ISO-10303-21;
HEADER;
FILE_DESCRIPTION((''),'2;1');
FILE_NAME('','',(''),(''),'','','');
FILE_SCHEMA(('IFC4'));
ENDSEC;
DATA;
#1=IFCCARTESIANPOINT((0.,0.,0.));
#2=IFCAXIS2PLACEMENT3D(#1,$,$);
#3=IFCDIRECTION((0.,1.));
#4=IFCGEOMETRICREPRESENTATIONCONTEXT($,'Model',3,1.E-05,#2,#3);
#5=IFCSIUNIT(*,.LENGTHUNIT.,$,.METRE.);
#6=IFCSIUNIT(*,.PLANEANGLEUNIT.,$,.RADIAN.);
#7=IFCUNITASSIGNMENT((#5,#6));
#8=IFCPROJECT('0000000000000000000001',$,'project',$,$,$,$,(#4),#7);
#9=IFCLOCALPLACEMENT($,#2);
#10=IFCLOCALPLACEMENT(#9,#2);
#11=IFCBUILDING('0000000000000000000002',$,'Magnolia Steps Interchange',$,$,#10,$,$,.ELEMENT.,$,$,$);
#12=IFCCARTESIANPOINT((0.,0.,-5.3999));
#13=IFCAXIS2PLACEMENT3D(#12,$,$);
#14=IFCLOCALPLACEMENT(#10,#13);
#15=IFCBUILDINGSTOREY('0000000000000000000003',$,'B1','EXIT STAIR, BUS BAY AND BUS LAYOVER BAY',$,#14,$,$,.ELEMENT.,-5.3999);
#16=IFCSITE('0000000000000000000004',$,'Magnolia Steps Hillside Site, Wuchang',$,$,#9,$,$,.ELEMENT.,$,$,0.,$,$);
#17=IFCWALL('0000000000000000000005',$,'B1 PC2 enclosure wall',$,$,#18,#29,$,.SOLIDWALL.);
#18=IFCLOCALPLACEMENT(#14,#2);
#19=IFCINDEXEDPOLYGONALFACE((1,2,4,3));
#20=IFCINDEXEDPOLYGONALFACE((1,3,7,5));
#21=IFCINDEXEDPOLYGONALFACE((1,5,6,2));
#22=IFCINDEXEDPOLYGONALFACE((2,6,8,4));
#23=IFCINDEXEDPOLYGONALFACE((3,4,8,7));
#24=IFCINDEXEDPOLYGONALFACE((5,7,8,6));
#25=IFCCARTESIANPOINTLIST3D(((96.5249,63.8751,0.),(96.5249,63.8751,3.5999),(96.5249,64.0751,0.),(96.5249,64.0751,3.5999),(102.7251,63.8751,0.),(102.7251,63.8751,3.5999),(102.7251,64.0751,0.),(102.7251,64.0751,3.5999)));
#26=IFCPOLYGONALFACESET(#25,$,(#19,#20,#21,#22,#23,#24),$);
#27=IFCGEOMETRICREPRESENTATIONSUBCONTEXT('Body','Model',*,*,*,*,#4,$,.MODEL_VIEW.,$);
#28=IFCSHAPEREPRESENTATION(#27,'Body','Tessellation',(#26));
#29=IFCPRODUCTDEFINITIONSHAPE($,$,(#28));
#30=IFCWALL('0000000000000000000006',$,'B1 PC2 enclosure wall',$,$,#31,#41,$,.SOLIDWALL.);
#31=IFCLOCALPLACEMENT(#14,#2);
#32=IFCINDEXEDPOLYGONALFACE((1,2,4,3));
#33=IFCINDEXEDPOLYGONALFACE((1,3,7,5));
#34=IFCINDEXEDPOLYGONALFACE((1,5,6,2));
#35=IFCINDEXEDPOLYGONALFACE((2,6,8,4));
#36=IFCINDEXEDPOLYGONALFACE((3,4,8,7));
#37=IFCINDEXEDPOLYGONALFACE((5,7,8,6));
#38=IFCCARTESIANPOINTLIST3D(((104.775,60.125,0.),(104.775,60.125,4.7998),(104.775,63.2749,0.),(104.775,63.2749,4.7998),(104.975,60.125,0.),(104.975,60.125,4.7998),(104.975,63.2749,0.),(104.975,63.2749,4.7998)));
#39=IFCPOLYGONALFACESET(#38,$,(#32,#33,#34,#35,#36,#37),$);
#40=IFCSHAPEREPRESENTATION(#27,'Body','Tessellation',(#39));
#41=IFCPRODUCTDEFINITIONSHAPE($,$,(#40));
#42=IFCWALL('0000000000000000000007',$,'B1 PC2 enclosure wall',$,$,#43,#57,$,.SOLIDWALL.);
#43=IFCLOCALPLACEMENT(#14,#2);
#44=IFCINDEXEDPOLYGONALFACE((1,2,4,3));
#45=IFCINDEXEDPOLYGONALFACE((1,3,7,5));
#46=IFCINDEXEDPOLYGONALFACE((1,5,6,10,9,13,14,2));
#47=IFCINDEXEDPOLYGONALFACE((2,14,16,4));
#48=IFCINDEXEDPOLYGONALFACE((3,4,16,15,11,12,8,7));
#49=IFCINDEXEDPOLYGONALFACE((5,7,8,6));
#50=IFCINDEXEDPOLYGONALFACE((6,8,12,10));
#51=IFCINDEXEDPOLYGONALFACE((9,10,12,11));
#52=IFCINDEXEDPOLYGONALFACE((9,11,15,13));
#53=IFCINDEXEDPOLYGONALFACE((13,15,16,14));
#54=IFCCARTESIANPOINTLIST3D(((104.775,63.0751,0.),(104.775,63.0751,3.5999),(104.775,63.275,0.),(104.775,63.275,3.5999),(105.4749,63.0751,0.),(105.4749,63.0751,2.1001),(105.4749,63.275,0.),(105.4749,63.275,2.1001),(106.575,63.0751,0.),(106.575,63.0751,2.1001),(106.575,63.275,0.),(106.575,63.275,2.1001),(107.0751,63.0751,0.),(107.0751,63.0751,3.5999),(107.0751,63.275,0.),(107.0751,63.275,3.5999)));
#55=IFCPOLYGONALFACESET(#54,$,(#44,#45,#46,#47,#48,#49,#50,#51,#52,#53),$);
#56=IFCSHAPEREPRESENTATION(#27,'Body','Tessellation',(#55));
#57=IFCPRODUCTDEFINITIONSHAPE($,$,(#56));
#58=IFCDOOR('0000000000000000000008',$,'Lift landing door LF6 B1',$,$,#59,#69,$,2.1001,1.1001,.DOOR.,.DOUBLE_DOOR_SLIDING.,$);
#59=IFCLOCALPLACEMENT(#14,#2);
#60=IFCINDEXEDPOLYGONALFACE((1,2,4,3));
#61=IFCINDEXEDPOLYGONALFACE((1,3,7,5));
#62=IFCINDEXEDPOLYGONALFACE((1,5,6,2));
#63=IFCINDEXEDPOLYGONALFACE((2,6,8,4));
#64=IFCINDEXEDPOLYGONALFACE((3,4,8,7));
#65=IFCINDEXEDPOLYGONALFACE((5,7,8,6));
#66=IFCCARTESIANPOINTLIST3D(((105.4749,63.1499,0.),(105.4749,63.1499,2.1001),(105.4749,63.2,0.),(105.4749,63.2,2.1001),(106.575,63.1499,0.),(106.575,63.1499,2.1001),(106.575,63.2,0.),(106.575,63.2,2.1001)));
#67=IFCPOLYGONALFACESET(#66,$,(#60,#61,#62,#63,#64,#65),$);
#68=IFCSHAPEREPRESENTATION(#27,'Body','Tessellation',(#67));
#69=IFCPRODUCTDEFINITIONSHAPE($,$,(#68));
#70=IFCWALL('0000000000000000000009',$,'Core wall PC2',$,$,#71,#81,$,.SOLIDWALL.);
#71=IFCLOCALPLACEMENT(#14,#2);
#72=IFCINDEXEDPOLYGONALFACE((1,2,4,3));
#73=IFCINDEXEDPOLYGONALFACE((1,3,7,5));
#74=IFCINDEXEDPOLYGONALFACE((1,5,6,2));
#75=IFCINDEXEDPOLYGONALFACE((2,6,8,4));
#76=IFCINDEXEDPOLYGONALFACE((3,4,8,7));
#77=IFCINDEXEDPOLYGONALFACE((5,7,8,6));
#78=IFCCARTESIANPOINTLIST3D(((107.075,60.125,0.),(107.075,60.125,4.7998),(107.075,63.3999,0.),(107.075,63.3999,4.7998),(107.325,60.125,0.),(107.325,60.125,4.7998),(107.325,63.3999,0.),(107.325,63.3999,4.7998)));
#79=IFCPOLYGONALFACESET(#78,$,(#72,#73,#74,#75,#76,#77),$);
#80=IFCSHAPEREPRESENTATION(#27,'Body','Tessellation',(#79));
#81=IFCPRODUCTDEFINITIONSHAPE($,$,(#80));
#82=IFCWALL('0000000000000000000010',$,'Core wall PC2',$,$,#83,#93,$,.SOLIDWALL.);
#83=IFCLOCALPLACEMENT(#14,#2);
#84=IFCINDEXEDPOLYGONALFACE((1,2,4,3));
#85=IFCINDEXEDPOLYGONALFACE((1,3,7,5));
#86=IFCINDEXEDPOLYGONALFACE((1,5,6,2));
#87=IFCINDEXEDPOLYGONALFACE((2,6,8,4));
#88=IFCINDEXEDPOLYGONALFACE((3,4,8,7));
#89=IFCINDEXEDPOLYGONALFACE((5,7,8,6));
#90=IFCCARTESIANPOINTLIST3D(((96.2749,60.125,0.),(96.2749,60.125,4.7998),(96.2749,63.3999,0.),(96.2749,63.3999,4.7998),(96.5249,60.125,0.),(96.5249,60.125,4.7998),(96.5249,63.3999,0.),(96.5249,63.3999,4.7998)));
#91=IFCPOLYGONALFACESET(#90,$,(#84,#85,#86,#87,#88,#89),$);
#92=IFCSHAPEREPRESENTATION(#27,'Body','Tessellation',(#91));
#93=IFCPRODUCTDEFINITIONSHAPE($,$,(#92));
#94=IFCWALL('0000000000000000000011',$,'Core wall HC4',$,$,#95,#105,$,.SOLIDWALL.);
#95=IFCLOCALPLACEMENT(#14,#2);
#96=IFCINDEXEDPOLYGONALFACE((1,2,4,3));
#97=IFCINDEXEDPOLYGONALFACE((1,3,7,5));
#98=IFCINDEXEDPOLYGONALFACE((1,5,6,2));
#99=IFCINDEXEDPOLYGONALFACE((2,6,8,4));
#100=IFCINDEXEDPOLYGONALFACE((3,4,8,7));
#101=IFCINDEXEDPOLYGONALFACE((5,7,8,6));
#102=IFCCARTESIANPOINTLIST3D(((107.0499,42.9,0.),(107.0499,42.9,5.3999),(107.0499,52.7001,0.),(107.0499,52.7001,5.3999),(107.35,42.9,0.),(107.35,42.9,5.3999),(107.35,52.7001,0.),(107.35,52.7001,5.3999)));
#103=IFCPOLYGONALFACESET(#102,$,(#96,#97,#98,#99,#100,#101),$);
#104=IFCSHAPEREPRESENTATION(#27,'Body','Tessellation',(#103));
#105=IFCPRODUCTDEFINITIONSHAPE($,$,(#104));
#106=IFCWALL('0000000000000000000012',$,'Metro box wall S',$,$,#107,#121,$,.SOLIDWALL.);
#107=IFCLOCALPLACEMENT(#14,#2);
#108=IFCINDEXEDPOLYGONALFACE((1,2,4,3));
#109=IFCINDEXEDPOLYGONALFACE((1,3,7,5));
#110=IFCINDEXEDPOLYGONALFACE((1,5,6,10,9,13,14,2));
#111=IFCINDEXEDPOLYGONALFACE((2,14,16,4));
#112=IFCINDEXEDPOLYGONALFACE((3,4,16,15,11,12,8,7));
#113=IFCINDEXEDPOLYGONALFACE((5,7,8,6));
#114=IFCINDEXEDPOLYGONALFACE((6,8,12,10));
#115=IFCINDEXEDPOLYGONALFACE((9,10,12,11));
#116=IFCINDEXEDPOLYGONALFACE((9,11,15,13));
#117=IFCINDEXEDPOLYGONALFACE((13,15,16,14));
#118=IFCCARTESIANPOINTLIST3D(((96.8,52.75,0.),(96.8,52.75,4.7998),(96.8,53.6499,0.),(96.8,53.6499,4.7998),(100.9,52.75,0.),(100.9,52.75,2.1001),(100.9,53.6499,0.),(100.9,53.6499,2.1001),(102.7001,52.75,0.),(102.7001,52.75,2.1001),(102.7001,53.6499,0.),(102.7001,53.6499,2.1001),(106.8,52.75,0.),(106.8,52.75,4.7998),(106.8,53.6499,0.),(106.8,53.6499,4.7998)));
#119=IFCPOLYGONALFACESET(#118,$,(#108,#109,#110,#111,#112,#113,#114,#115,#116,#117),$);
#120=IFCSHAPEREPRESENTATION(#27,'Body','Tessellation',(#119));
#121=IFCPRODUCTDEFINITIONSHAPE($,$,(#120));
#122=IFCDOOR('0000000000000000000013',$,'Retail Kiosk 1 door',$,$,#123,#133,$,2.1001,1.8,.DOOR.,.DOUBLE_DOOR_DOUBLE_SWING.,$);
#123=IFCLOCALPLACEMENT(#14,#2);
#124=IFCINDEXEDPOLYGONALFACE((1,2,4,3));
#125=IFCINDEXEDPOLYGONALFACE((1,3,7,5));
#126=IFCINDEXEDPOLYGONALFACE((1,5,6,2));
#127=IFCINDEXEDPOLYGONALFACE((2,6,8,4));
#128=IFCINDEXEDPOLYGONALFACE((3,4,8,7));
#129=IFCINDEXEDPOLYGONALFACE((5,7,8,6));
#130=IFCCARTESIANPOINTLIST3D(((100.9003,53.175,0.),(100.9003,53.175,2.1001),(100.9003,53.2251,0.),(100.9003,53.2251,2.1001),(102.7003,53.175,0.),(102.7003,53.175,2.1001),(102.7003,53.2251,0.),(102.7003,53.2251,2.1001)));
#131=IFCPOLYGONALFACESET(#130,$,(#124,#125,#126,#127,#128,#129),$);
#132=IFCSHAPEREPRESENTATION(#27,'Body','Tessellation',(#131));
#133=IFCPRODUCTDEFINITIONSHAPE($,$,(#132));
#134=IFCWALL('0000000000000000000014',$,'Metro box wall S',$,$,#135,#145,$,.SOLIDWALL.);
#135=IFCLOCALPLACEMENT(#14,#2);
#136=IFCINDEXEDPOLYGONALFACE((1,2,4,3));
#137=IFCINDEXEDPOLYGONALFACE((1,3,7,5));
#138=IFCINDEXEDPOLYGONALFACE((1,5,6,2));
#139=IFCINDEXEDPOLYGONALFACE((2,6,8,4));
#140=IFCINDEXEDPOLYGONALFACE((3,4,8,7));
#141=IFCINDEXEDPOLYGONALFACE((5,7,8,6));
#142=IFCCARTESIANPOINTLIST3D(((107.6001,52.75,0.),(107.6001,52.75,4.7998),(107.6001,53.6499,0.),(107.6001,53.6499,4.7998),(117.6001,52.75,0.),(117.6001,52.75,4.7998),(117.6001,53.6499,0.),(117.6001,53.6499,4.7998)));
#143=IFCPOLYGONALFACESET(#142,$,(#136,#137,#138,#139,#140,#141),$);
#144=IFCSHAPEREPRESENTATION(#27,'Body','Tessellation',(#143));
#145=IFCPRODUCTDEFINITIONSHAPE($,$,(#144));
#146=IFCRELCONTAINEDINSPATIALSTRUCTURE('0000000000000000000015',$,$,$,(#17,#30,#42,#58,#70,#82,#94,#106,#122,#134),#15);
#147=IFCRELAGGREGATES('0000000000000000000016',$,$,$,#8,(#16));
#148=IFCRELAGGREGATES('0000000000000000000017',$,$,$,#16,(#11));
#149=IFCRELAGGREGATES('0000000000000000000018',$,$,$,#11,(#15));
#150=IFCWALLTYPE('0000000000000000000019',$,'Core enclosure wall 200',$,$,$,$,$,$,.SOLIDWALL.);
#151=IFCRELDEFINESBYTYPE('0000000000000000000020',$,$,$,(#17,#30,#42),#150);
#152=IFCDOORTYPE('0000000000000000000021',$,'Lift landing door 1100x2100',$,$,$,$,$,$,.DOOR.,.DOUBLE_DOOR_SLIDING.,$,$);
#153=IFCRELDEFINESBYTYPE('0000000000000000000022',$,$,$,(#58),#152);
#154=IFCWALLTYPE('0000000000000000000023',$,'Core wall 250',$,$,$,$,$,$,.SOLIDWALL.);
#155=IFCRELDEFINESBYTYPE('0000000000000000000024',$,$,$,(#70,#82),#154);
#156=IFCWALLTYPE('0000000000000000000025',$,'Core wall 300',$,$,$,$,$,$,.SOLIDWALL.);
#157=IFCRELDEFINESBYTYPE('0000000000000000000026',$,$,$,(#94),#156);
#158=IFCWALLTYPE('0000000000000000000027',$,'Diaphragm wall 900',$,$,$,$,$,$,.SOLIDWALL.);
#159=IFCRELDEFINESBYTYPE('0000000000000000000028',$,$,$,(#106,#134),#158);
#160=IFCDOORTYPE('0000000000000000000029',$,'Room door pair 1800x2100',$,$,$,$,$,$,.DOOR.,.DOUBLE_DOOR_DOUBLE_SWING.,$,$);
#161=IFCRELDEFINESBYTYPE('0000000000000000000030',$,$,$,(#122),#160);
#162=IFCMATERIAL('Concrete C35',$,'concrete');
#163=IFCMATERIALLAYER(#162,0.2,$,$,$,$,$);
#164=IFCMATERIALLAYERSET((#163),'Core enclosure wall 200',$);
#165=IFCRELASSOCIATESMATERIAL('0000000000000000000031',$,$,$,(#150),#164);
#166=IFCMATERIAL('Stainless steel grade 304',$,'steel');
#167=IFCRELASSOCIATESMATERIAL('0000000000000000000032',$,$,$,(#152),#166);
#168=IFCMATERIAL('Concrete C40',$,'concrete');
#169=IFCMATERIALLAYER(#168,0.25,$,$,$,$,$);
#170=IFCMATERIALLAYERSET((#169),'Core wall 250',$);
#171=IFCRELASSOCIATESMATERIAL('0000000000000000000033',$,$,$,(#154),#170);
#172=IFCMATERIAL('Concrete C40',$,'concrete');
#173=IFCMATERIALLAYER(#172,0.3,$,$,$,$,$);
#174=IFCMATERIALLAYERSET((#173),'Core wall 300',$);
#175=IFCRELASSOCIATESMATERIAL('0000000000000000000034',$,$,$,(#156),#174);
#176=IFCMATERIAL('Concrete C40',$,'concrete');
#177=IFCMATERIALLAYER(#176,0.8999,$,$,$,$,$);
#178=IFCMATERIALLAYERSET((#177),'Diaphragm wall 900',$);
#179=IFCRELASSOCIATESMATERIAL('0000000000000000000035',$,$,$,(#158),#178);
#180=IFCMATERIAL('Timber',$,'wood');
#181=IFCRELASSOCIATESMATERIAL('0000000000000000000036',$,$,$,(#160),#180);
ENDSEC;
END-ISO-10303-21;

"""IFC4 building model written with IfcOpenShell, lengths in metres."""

from ifc_helpers import new_model, si_unit, direction, frame, frame_2d, origin, place, context, subcontext, project, spatial, rectangle, extrude, material, layer, layer_set, type_object, element, fill, save


model = new_model("IFC4")

# Units and contexts
model_context = context("Model", 3, precision=1e-05, world=origin(), true_north=direction((0.0, 1.0)))
body_context = subcontext(model_context, "Body", "Model", "MODEL_VIEW")
ifc_project = project(units=[si_unit("LENGTHUNIT", "METRE"), si_unit("PLANEANGLEUNIT", "RADIAN")], contexts=[model_context])

# Site, building, storey
site_placement = place(None, origin())
site = spatial("IfcSite", under=ifc_project, at=site_placement, Name="Magnolia Steps Hillside Site, Wuchang", CompositionType="ELEMENT", RefElevation=0.0)
building_placement = place(site_placement, origin())
building = spatial("IfcBuilding", under=site, at=building_placement, Name="Magnolia Steps Interchange", CompositionType="ELEMENT")
storey_placement = place(building_placement, frame((0.0, 0.0, -5.3999)))
storey = spatial("IfcBuildingStorey", under=building, at=storey_placement, Name="B1", Description="EXIT STAIR, BUS BAY AND BUS LAYOVER BAY", CompositionType="ELEMENT", Elevation=-5.3999)

# Shared definitions
ifc_material_1 = material(Name="Concrete C35", Category="concrete")
ifc_layer_1 = layer(ifc_material_1, 0.2)
ifc_layer_set_1 = layer_set([ifc_layer_1], Name="Core enclosure wall 200")
wall_type_1 = type_object("IfcWallType", Name="Core enclosure wall 200", PredefinedType="SOLIDWALL", material=ifc_layer_set_1)

# Walls
wall_1_placement = place(storey_placement, frame((102.7251, 63.9751, 0.0), z_axis=(0.0, 0.0, 1.0), x_axis=(-1.0, 0.0, 0.0)))
element("IfcWall", 1, at=wall_1_placement, inside=storey, type_object=wall_type_1, Name="B1 PC2 enclosure wall", PredefinedType="SOLIDWALL", context=body_context, shape_type="SweptSolid", body=[
    extrude(rectangle(XDim=6.2002, YDim=0.2, at=frame_2d((3.1001, 0.0))), origin(), (0.0, 0.0, 1.0), 3.5999),
])
wall_2_placement = place(storey_placement, frame((104.875, 60.125, 0.0), z_axis=(0.0, 0.0, 1.0), x_axis=(0.0, 1.0, 0.0)))
element("IfcWall", 2, at=wall_2_placement, inside=storey, type_object=wall_type_1, Name="B1 PC2 enclosure wall", PredefinedType="SOLIDWALL", context=body_context, shape_type="SweptSolid", body=[
    extrude(rectangle(XDim=3.1499, YDim=0.2, at=frame_2d((1.575, 0.0))), origin(), (0.0, 0.0, 1.0), 4.7998),
])

# Wall, opening, door
wall_3_placement = place(storey_placement, frame((107.075, 63.175, 0.0), z_axis=(0.0, 0.0, 1.0), x_axis=(-1.0, 0.0, 0.0)))
wall_3 = element("IfcWall", 3, at=wall_3_placement, inside=storey, type_object=wall_type_1, Name="B1 PC2 enclosure wall", PredefinedType="SOLIDWALL", context=body_context, shape_type="SweptSolid", body=[
    extrude(rectangle(XDim=2.3, YDim=0.2, at=frame_2d((1.1499, 0.0))), origin(), (0.0, 0.0, 1.0), 3.5999),
])
opening_1_placement = place(wall_3_placement, frame((0.5, 0.0, 0.0)))
opening_1 = element("IfcOpeningElement", 4, at=opening_1_placement, cuts=wall_3, PredefinedType="OPENING", context=body_context, shape_type="SweptSolid", body=[
    extrude(rectangle(XDim=1.1001, YDim=2.1001, at=frame_2d((0.55, 1.05))), frame((0.0, 0.1099, 0.0), z_axis=(0.0, -1.0, 0.0), x_axis=(1.0, 0.0, 0.0)), (0.0, 0.0, 1.0), 0.22),
])
ifc_material_2 = material(Name="Stainless steel grade 304", Category="steel")
door_type_1 = type_object("IfcDoorType", Name="Lift landing door 1100x2100", OperationType="DOUBLE_DOOR_SLIDING", PredefinedType="DOOR", material=ifc_material_2)
door_1_placement = place(opening_1_placement, frame((1.1001, 0.0, 0.0), z_axis=(0.0, 0.0, 1.0), x_axis=(-1.0, 0.0, 0.0)))
door_1 = element("IfcDoor", 5, at=door_1_placement, inside=storey, type_object=door_type_1, Name="Lift landing door LF6 B1", OperationType="DOUBLE_DOOR_SLIDING", OverallHeight=2.1001, OverallWidth=1.1001, PredefinedType="DOOR", context=body_context, shape_type="SweptSolid", body=[
    extrude(rectangle(XDim=1.1001, YDim=2.1001, at=frame_2d((0.55, 1.05))), frame((0.0, 0.0249, 0.0), z_axis=(0.0, -1.0, 0.0), x_axis=(1.0, 0.0, 0.0)), (0.0, 0.0, 1.0), 0.05),
])
fill(opening_1, door_1)

# Walls
ifc_material_3 = material(Name="Concrete C40", Category="concrete")
ifc_layer_2 = layer(ifc_material_3, 0.25)
ifc_layer_set_2 = layer_set([ifc_layer_2], Name="Core wall 250")
wall_type_2 = type_object("IfcWallType", Name="Core wall 250", PredefinedType="SOLIDWALL", material=ifc_layer_set_2)
for number, where, z_axis, x_axis, name in (
    (6, (107.2, 60.125, 0.0), (0.0, 0.0, 1.0), (0.0, 1.0, 0.0), "Core wall PC2"),
    (7, (96.3999, 63.3999, 0.0), (0.0, 0.0, 1.0), (0.0, -1.0, 0.0), "Core wall PC2"),
):
    element("IfcWall", number, at=place(storey_placement, frame(where, z_axis=z_axis, x_axis=x_axis)), inside=storey, type_object=wall_type_2, Name=name, PredefinedType="SOLIDWALL", context=body_context, shape_type="SweptSolid", body=[
        extrude(rectangle(XDim=3.2749, YDim=0.25, at=frame_2d((1.6375, 0.0))), origin(), (0.0, 0.0, 1.0), 4.7998),
    ])
ifc_material_4 = material(Name="Concrete C40", Category="concrete")
ifc_layer_3 = layer(ifc_material_4, 0.3)
ifc_layer_set_3 = layer_set([ifc_layer_3], Name="Core wall 300")
wall_type_3 = type_object("IfcWallType", Name="Core wall 300", PredefinedType="SOLIDWALL", material=ifc_layer_set_3)
wall_4_placement = place(storey_placement, frame((107.2, 52.7, 0.0), z_axis=(0.0, 0.0, 1.0), x_axis=(0.0, -1.0, 0.0)))
element("IfcWall", 8, at=wall_4_placement, inside=storey, type_object=wall_type_3, Name="Core wall HC4", PredefinedType="SOLIDWALL", context=body_context, shape_type="SweptSolid", body=[
    extrude(rectangle(XDim=9.8, YDim=0.3, at=frame_2d((4.8999, 0.0))), origin(), (0.0, 0.0, 1.0), 5.3999),
])

# Wall, opening, door
ifc_material_5 = material(Name="Concrete C40", Category="concrete")
ifc_layer_4 = layer(ifc_material_5, 0.8999)
ifc_layer_set_4 = layer_set([ifc_layer_4], Name="Diaphragm wall 900")
wall_type_4 = type_object("IfcWallType", Name="Diaphragm wall 900", PredefinedType="SOLIDWALL", material=ifc_layer_set_4)
wall_5_placement = place(storey_placement, frame((96.8, 53.2, 0.0), z_axis=(0.0, 0.0, 1.0), x_axis=(1.0, 0.0, 0.0)))
wall_5 = element("IfcWall", 9, at=wall_5_placement, inside=storey, type_object=wall_type_4, Name="Metro box wall S", PredefinedType="SOLIDWALL", context=body_context, shape_type="SweptSolid", body=[
    extrude(rectangle(XDim=10.0, YDim=0.8999, at=frame_2d((5.0, 0.0))), origin(), (0.0, 0.0, 1.0), 4.7998),
])
opening_2_placement = place(wall_5_placement, frame((4.1001, 0.0, 0.0)))
opening_2 = element("IfcOpeningElement", 10, at=opening_2_placement, cuts=wall_5, PredefinedType="OPENING", context=body_context, shape_type="SweptSolid", body=[
    extrude(rectangle(XDim=1.8, YDim=2.1001, at=frame_2d((0.8999, 1.05))), frame((0.0, 0.46, 0.0), z_axis=(0.0, -1.0, 0.0), x_axis=(1.0, 0.0, 0.0)), (0.0, 0.0, 1.0), 0.9199),
])
ifc_material_6 = material(Name="Timber", Category="wood")
door_type_2 = type_object("IfcDoorType", Name="Room door pair 1800x2100", OperationType="DOUBLE_DOOR_DOUBLE_SWING", PredefinedType="DOOR", material=ifc_material_6)
door_2_placement = place(opening_2_placement, frame((1.8, 0.0, 0.0), z_axis=(0.0, 0.0, 1.0), x_axis=(-1.0, 0.0, 0.0)))
door_2 = element("IfcDoor", 11, at=door_2_placement, inside=storey, type_object=door_type_2, Name="Retail Kiosk 1 door", OperationType="DOUBLE_DOOR_DOUBLE_SWING", OverallHeight=2.1001, OverallWidth=1.8, PredefinedType="DOOR", context=body_context, shape_type="SweptSolid", body=[
    extrude(rectangle(XDim=1.8, YDim=2.1001, at=frame_2d((0.8999, 1.05))), frame((0.0, 0.0249, 0.0), z_axis=(0.0, -1.0, 0.0), x_axis=(1.0, 0.0, 0.0)), (0.0, 0.0, 1.0), 0.05),
])
fill(opening_2, door_2)

# Wall
wall_6_placement = place(storey_placement, frame((107.6001, 53.2, 0.0), z_axis=(0.0, 0.0, 1.0), x_axis=(1.0, 0.0, 0.0)))
element("IfcWall", 12, at=wall_6_placement, inside=storey, type_object=wall_type_4, Name="Metro box wall S", PredefinedType="SOLIDWALL", context=body_context, shape_type="SweptSolid", body=[
    extrude(rectangle(XDim=10.0, YDim=0.8999, at=frame_2d((5.0, 0.0))), origin(), (0.0, 0.0, 1.0), 4.7998),
])

save(model, "model.ifc")
